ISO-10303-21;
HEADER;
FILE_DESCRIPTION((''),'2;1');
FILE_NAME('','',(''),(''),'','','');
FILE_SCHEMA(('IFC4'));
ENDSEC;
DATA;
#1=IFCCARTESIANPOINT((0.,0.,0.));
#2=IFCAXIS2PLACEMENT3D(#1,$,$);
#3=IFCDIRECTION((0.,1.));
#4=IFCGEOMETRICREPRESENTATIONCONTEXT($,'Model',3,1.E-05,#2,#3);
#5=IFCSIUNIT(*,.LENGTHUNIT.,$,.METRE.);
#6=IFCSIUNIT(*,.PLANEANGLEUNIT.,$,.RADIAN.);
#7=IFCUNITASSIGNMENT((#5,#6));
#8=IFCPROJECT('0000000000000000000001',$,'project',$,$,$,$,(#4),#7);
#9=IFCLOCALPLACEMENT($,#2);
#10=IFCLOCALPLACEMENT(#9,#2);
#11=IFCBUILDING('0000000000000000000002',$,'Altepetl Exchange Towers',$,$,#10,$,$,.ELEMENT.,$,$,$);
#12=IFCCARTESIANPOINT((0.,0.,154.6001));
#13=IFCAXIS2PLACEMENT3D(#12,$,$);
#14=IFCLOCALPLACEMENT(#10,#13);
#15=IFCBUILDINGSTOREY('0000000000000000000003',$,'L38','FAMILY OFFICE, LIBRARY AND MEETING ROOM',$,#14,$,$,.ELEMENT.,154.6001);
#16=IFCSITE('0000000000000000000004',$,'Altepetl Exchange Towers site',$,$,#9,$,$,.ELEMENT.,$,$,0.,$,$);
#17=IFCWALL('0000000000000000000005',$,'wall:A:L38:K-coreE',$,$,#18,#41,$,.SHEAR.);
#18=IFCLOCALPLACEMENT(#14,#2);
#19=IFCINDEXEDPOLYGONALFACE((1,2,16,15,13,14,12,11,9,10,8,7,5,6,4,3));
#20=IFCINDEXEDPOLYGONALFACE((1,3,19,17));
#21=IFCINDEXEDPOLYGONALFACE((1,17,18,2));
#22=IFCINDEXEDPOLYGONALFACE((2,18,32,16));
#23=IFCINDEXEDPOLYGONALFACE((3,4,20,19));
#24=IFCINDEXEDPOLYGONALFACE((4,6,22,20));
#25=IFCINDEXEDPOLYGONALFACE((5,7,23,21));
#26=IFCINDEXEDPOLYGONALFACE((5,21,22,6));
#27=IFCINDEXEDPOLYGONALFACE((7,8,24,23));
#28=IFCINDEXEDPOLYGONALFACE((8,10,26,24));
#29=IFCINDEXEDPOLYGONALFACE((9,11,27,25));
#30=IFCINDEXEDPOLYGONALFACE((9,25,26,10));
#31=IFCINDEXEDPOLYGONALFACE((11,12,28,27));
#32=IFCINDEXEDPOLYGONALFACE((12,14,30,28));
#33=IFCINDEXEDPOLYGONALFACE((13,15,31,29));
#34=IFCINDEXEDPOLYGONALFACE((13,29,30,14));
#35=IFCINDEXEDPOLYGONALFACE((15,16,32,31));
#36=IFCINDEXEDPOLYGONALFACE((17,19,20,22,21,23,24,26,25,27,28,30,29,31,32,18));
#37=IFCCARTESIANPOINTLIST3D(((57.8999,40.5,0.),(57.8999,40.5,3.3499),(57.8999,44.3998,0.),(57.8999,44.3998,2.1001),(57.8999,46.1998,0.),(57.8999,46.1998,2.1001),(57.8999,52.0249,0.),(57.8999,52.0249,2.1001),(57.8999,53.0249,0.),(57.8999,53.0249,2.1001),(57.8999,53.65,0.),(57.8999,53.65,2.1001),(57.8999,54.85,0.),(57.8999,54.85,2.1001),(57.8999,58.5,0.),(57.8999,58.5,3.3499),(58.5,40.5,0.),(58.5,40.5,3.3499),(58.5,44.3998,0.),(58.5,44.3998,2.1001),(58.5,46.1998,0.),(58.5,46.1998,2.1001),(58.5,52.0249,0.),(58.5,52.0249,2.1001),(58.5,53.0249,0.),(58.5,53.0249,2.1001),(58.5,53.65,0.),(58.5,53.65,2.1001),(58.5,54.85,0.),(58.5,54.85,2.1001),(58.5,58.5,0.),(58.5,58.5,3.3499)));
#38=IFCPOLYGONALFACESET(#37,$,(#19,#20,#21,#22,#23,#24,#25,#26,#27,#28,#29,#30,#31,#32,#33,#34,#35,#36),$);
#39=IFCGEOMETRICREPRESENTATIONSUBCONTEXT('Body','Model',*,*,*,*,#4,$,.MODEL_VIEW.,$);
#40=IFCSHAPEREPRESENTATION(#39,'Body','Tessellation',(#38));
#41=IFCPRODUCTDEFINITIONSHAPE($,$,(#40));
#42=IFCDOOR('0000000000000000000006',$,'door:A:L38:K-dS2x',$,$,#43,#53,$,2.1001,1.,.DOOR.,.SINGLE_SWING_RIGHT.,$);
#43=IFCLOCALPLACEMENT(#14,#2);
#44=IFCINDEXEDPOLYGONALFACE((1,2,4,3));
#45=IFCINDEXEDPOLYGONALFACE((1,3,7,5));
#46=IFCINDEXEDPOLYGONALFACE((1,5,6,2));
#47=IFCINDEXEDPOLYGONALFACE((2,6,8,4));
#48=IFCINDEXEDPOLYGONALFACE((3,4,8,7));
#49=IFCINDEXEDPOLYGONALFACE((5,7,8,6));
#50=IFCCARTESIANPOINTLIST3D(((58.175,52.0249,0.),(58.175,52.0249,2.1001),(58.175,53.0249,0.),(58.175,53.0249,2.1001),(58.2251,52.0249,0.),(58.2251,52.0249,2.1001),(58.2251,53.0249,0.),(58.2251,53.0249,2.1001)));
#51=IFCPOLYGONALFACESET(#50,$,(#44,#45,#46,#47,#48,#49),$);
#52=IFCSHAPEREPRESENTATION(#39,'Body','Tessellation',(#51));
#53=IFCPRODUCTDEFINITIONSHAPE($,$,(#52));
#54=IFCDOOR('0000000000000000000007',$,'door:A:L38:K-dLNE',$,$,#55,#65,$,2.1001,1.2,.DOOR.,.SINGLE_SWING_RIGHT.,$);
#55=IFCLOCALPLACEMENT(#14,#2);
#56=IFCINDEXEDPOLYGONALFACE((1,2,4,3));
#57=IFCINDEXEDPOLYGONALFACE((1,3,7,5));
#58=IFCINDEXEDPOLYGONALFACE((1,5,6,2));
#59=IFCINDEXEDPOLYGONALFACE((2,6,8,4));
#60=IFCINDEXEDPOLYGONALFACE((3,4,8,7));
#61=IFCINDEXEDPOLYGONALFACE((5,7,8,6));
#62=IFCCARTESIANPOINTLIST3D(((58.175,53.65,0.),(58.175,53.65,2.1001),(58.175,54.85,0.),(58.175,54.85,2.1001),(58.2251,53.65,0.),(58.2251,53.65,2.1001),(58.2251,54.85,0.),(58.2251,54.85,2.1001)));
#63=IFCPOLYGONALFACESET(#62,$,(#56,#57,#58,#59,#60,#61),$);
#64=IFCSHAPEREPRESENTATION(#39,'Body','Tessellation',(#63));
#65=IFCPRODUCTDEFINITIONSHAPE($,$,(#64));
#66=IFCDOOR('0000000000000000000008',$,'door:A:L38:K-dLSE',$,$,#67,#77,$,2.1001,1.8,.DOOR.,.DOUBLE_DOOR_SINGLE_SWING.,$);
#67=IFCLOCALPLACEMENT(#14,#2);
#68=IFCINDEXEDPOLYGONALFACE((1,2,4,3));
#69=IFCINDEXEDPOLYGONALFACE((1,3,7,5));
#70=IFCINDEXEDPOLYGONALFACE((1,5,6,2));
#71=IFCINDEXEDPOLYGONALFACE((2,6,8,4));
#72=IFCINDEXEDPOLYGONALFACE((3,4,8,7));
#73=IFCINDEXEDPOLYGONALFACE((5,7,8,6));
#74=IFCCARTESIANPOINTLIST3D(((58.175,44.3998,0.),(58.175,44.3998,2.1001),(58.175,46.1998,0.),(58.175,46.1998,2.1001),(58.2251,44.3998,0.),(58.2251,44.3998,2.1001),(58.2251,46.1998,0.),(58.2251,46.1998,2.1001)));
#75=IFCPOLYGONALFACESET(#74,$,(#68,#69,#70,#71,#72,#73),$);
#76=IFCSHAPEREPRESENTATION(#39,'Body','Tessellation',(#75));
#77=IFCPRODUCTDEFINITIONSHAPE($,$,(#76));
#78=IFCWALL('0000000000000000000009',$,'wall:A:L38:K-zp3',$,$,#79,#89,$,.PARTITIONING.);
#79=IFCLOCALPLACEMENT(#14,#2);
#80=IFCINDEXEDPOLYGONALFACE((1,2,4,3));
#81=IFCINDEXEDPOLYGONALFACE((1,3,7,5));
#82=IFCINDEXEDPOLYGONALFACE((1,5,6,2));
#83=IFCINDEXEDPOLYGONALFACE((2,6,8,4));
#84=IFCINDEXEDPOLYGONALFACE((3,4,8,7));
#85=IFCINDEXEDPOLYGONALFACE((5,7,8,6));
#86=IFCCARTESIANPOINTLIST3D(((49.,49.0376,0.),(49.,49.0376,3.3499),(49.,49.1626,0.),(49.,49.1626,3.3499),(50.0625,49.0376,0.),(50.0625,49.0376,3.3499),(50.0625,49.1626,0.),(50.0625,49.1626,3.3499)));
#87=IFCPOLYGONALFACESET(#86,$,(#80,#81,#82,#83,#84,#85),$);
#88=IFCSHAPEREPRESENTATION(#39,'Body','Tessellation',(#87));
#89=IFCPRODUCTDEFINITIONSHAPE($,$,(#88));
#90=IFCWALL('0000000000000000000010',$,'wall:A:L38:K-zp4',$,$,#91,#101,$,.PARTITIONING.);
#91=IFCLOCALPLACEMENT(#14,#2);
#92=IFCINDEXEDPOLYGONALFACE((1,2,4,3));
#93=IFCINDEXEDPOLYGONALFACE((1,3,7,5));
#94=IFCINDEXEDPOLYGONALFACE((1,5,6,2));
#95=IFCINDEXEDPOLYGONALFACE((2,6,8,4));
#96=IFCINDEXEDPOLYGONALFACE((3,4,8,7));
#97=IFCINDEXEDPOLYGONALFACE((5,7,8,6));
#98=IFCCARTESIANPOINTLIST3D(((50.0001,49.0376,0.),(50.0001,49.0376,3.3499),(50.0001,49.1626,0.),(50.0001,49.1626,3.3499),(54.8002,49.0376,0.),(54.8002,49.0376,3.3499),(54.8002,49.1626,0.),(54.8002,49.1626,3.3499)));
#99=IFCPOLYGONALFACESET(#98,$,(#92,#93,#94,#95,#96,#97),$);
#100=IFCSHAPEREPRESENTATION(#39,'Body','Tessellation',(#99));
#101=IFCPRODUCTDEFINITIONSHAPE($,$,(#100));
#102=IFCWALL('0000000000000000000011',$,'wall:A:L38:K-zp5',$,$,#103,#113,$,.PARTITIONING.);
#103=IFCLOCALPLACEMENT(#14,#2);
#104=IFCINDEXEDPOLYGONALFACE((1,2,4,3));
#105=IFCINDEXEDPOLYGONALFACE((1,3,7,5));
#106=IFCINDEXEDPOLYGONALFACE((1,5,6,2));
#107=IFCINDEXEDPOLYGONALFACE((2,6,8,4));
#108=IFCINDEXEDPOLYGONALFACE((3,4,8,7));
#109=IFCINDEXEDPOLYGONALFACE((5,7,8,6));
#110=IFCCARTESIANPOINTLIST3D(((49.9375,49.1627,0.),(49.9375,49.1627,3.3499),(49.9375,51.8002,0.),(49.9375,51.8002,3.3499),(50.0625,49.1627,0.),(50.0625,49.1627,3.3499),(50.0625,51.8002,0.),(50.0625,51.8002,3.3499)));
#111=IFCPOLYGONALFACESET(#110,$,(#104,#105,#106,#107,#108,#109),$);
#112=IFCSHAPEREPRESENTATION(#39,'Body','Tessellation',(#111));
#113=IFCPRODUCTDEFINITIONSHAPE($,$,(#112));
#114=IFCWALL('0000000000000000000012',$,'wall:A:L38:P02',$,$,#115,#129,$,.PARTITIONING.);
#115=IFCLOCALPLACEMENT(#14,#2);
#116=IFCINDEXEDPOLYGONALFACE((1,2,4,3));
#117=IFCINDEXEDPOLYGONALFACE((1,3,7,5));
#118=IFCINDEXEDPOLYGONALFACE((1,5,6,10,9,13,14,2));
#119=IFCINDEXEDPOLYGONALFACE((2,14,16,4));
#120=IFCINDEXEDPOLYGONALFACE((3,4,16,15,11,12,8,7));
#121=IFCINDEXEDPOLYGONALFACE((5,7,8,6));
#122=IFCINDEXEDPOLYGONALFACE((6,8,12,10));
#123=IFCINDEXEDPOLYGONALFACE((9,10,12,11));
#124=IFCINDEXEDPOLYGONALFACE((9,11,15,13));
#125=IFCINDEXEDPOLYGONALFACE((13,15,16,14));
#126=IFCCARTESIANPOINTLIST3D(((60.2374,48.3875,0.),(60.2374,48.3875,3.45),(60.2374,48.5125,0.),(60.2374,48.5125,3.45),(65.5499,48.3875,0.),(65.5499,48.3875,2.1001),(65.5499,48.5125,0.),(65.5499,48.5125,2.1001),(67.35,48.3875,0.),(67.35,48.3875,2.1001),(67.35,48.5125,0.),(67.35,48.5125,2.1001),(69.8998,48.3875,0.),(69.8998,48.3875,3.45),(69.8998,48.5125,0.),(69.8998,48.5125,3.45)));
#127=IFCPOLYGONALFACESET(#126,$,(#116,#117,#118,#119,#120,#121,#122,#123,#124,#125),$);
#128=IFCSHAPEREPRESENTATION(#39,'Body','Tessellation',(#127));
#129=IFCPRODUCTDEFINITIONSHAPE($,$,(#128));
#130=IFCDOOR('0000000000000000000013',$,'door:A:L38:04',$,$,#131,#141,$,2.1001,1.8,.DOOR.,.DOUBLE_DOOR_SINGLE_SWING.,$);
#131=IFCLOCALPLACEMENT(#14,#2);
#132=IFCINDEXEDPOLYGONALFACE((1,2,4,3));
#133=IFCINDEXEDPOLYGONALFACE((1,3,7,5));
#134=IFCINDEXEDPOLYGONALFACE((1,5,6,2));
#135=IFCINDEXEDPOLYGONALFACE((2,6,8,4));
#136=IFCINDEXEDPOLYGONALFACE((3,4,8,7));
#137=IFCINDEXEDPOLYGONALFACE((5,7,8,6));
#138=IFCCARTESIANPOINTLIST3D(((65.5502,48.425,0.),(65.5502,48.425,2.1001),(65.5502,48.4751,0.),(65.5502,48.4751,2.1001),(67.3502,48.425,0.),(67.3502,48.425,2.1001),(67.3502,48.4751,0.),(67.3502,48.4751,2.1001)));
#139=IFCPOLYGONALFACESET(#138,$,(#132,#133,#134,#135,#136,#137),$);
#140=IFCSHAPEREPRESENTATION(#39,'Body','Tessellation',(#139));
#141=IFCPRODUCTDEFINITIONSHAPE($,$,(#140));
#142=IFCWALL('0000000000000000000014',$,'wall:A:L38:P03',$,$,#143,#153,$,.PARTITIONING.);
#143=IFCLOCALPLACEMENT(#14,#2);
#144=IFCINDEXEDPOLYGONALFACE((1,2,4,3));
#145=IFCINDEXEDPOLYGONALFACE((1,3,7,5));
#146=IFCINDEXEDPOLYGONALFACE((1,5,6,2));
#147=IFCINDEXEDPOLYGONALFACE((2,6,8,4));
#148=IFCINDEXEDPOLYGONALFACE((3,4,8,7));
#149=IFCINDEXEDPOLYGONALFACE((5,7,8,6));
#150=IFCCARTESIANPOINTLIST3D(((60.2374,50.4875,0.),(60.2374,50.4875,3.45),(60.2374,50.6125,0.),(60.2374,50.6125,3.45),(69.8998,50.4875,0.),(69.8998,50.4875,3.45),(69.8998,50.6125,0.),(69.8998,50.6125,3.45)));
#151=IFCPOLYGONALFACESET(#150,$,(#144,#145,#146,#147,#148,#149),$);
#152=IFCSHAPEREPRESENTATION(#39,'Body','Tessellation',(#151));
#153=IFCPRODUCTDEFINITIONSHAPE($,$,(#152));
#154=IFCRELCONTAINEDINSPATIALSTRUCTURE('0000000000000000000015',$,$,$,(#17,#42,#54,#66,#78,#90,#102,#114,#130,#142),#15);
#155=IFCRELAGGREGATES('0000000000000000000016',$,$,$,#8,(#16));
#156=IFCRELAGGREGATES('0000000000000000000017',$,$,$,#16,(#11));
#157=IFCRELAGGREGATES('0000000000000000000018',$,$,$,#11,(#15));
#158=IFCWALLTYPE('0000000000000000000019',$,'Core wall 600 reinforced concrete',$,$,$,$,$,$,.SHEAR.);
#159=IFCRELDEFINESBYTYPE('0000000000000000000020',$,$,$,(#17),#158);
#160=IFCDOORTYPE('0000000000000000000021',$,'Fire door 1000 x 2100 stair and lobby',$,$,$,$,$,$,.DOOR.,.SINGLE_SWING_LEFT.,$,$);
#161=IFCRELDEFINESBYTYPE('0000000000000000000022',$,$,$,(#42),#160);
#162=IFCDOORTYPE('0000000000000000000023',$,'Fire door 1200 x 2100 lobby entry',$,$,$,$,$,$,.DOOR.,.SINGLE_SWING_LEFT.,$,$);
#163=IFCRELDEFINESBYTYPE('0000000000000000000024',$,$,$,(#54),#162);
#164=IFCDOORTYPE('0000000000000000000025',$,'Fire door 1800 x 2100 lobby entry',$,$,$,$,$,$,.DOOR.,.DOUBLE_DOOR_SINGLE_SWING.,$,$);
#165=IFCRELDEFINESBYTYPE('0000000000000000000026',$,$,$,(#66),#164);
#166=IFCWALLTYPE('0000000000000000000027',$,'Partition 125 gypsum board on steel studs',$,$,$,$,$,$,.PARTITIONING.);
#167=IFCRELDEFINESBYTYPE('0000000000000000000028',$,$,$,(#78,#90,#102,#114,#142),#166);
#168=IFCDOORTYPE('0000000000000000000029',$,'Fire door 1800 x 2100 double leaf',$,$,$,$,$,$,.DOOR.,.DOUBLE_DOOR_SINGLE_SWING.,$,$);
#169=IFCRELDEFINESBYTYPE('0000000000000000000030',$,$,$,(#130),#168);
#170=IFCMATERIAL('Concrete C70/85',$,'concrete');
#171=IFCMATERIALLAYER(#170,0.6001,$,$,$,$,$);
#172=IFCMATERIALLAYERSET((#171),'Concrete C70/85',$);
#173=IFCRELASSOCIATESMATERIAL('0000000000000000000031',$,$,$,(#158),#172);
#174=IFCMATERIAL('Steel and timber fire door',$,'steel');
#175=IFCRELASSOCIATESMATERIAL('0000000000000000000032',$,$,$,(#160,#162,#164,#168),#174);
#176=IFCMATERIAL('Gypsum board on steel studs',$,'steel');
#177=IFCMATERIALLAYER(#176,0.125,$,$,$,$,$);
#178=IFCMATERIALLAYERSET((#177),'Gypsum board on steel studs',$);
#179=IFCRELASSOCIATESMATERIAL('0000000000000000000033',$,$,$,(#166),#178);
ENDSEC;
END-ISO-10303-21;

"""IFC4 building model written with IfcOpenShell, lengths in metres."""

from ifc_helpers import new_model, si_unit, direction, frame, frame_2d, origin, place, context, subcontext, project, spatial, rectangle, extrude, material, layer, layer_set, type_object, element, fill, save


model = new_model("IFC4")

# Units and contexts
model_context = context("Model", 3, precision=1e-05, world=origin(), true_north=direction((0.0, 1.0)))
body_context = subcontext(model_context, "Body", "Model", "MODEL_VIEW")
ifc_project = project(units=[si_unit("LENGTHUNIT", "METRE"), si_unit("PLANEANGLEUNIT", "RADIAN")], contexts=[model_context])

# Site, building, storey
site_placement = place(None, origin())
site = spatial("IfcSite", under=ifc_project, at=site_placement, Name="Altepetl Exchange Towers site", CompositionType="ELEMENT", RefElevation=0.0)
building_placement = place(site_placement, origin())
building = spatial("IfcBuilding", under=site, at=building_placement, Name="Altepetl Exchange Towers", CompositionType="ELEMENT")
storey_placement = place(building_placement, frame((0.0, 0.0, 154.6001)))
storey = spatial("IfcBuildingStorey", under=building, at=storey_placement, Name="L38", Description="FAMILY OFFICE, LIBRARY AND MEETING ROOM", CompositionType="ELEMENT", Elevation=154.6001)

# Wall, openings, doors
ifc_material_1 = material(Name="Concrete C70/85", Category="concrete")
ifc_layer_1 = layer(ifc_material_1, 0.6001)
ifc_layer_set_1 = layer_set([ifc_layer_1], Name="Concrete C70/85")
wall_type_1 = type_object("IfcWallType", Name="Core wall 600 reinforced concrete", PredefinedType="SHEAR", material=ifc_layer_set_1)
wall_1_placement = place(storey_placement, frame((58.2, 40.5, 0.0), z_axis=(0.0, 0.0, 1.0), x_axis=(0.0, 1.0, 0.0)))
wall_1 = element("IfcWall", 1, at=wall_1_placement, inside=storey, type_object=wall_type_1, Name="wall:A:L38:K-coreE", PredefinedType="SHEAR", context=body_context, shape_type="SweptSolid", body=[
    extrude(rectangle(XDim=18.0, YDim=0.6001, at=frame_2d((9.0, 0.0))), origin(), (0.0, 0.0, 1.0), 3.3499),
])
opening_1_placement = place(wall_1_placement, frame((13.1499, 0.0, 0.0)))
opening_1 = element("IfcOpeningElement", 2, at=opening_1_placement, cuts=wall_1, PredefinedType="OPENING", context=body_context, shape_type="SweptSolid", body=[
    extrude(rectangle(XDim=1.2, YDim=2.1001, at=frame_2d((0.6001, 1.05))), frame((0.0, 0.3101, 0.0), z_axis=(0.0, -1.0, 0.0), x_axis=(1.0, 0.0, 0.0)), (0.0, 0.0, 1.0), 0.6201),
])
opening_2_placement = place(wall_1_placement, frame((3.8999, 0.0, 0.0)))
opening_2 = element("IfcOpeningElement", 3, at=opening_2_placement, cuts=wall_1, PredefinedType="OPENING", context=body_context, shape_type="SweptSolid", body=[
    extrude(rectangle(XDim=1.8, YDim=2.1001, at=frame_2d((0.8999, 1.05))), frame((0.0, 0.3101, 0.0), z_axis=(0.0, -1.0, 0.0), x_axis=(1.0, 0.0, 0.0)), (0.0, 0.0, 1.0), 0.6201),
])
opening_3_placement = place(wall_1_placement, frame((11.5249, 0.0, 0.0)))
opening_3 = element("IfcOpeningElement", 4, at=opening_3_placement, cuts=wall_1, PredefinedType="OPENING", context=body_context, shape_type="SweptSolid", body=[
    extrude(rectangle(XDim=1.0, YDim=2.1001, at=frame_2d((0.5, 1.05))), frame((0.0, 0.3101, 0.0), z_axis=(0.0, -1.0, 0.0), x_axis=(1.0, 0.0, 0.0)), (0.0, 0.0, 1.0), 0.6201),
])
ifc_material_2 = material(Name="Steel and timber fire door", Category="steel")
door_type_1 = type_object("IfcDoorType", Name="Fire door 1000 x 2100 stair and lobby", OperationType="SINGLE_SWING_LEFT", PredefinedType="DOOR", material=ifc_material_2)
door_1_placement = place(opening_3_placement, origin())
door_1 = element("IfcDoor", 5, at=door_1_placement, inside=storey, type_object=door_type_1, Name="door:A:L38:K-dS2x", OperationType="SINGLE_SWING_RIGHT", OverallHeight=2.1001, OverallWidth=1.0, PredefinedType="DOOR", context=body_context, shape_type="SweptSolid", body=[
    extrude(rectangle(XDim=1.0, YDim=2.1001, at=frame_2d((0.5, 1.05))), frame((0.0, 0.0249, 0.0), z_axis=(0.0, -1.0, 0.0), x_axis=(1.0, 0.0, 0.0)), (0.0, 0.0, 1.0), 0.05),
])
fill(opening_3, door_1)
door_type_2 = type_object("IfcDoorType", Name="Fire door 1200 x 2100 lobby entry", OperationType="SINGLE_SWING_LEFT", PredefinedType="DOOR", material=ifc_material_2)
door_2_placement = place(opening_1_placement, origin())
door_2 = element("IfcDoor", 6, at=door_2_placement, inside=storey, type_object=door_type_2, Name="door:A:L38:K-dLNE", OperationType="SINGLE_SWING_RIGHT", OverallHeight=2.1001, OverallWidth=1.2, PredefinedType="DOOR", context=body_context, shape_type="SweptSolid", body=[
    extrude(rectangle(XDim=1.2, YDim=2.1001, at=frame_2d((0.6001, 1.05))), frame((0.0, 0.0249, 0.0), z_axis=(0.0, -1.0, 0.0), x_axis=(1.0, 0.0, 0.0)), (0.0, 0.0, 1.0), 0.05),
])
fill(opening_1, door_2)
door_type_3 = type_object("IfcDoorType", Name="Fire door 1800 x 2100 lobby entry", OperationType="DOUBLE_DOOR_SINGLE_SWING", PredefinedType="DOOR", material=ifc_material_2)
door_3_placement = place(opening_2_placement, origin())
door_3 = element("IfcDoor", 7, at=door_3_placement, inside=storey, type_object=door_type_3, Name="door:A:L38:K-dLSE", OperationType="DOUBLE_DOOR_SINGLE_SWING", OverallHeight=2.1001, OverallWidth=1.8, PredefinedType="DOOR", context=body_context, shape_type="SweptSolid", body=[
    extrude(rectangle(XDim=1.8, YDim=2.1001, at=frame_2d((0.8999, 1.05))), frame((0.0, 0.0249, 0.0), z_axis=(0.0, -1.0, 0.0), x_axis=(1.0, 0.0, 0.0)), (0.0, 0.0, 1.0), 0.05),
])
fill(opening_2, door_3)

# Walls
ifc_material_3 = material(Name="Gypsum board on steel studs", Category="steel")
ifc_layer_2 = layer(ifc_material_3, 0.125)
ifc_layer_set_2 = layer_set([ifc_layer_2], Name="Gypsum board on steel studs")
wall_type_2 = type_object("IfcWallType", Name="Partition 125 gypsum board on steel studs", PredefinedType="PARTITIONING", material=ifc_layer_set_2)
wall_2_placement = place(storey_placement, frame((50.0625, 49.1001, 0.0), z_axis=(0.0, 0.0, 1.0), x_axis=(-1.0, 0.0, 0.0)))
element("IfcWall", 8, at=wall_2_placement, inside=storey, type_object=wall_type_2, Name="wall:A:L38:K-zp3", PredefinedType="PARTITIONING", context=body_context, shape_type="SweptSolid", body=[
    extrude(rectangle(XDim=1.0625, YDim=0.125, at=frame_2d((0.5312, 0.0))), origin(), (0.0, 0.0, 1.0), 3.3499),
])
wall_3_placement = place(storey_placement, frame((54.8, 49.1001, 0.0), z_axis=(0.0, 0.0, 1.0), x_axis=(-1.0, 0.0, 0.0)))
element("IfcWall", 9, at=wall_3_placement, inside=storey, type_object=wall_type_2, Name="wall:A:L38:K-zp4", PredefinedType="PARTITIONING", context=body_context, shape_type="SweptSolid", body=[
    extrude(rectangle(XDim=4.8, YDim=0.125, at=frame_2d((2.3999, 0.0))), origin(), (0.0, 0.0, 1.0), 3.3499),
])
wall_4_placement = place(storey_placement, frame((50.0, 49.1626, 0.0), z_axis=(0.0, 0.0, 1.0), x_axis=(0.0, 1.0, 0.0)))
element("IfcWall", 10, at=wall_4_placement, inside=storey, type_object=wall_type_2, Name="wall:A:L38:K-zp5", PredefinedType="PARTITIONING", context=body_context, shape_type="SweptSolid", body=[
    extrude(rectangle(XDim=2.6375, YDim=0.125, at=frame_2d((1.3188, 0.0))), origin(), (0.0, 0.0, 1.0), 3.3499),
])

# Wall, opening, door
wall_5_placement = place(storey_placement, frame((60.2375, 48.45, 0.0)))
wall_5 = element("IfcWall", 11, at=wall_5_placement, inside=storey, type_object=wall_type_2, Name="wall:A:L38:P02", PredefinedType="PARTITIONING", context=body_context, shape_type="SweptSolid", body=[
    extrude(rectangle(XDim=9.6624, YDim=0.125, at=frame_2d((4.8311, 0.0))), origin(), (0.0, 0.0, 1.0), 3.45),
])
opening_4_placement = place(wall_5_placement, frame((5.3125, 0.0, 0.0)))
opening_4 = element("IfcOpeningElement", 12, at=opening_4_placement, cuts=wall_5, PredefinedType="OPENING", context=body_context, shape_type="SweptSolid", body=[
    extrude(rectangle(XDim=1.8, YDim=2.1001, at=frame_2d((0.8999, 1.05))), frame((0.0, 0.0725, 0.0), z_axis=(0.0, -1.0, 0.0), x_axis=(1.0, 0.0, 0.0)), (0.0, 0.0, 1.0), 0.145),
])
door_type_4 = type_object("IfcDoorType", Name="Fire door 1800 x 2100 double leaf", OperationType="DOUBLE_DOOR_SINGLE_SWING", PredefinedType="DOOR", material=ifc_material_2)
door_4_placement = place(opening_4_placement, frame((1.8, 0.0, 0.0), x_axis=(-1.0, 0.0, 0.0)))
door_4 = element("IfcDoor", 13, at=door_4_placement, inside=storey, type_object=door_type_4, Name="door:A:L38:04", OperationType="DOUBLE_DOOR_SINGLE_SWING", OverallHeight=2.1001, OverallWidth=1.8, PredefinedType="DOOR", context=body_context, shape_type="SweptSolid", body=[
    extrude(rectangle(XDim=1.8, YDim=2.1001, at=frame_2d((0.8999, 1.05))), frame((0.0, 0.0249, 0.0), z_axis=(0.0, -1.0, 0.0), x_axis=(1.0, 0.0, 0.0)), (0.0, 0.0, 1.0), 0.05),
])
fill(opening_4, door_4)

# Wall
wall_6_placement = place(storey_placement, frame((60.2375, 50.55, 0.0)))
element("IfcWall", 14, at=wall_6_placement, inside=storey, type_object=wall_type_2, Name="wall:A:L38:P03", PredefinedType="PARTITIONING", context=body_context, shape_type="SweptSolid", body=[
    extrude(rectangle(XDim=9.6624, YDim=0.125, at=frame_2d((4.8311, 0.0))), origin(), (0.0, 0.0, 1.0), 3.45),
])

save(model, "model.ifc")
